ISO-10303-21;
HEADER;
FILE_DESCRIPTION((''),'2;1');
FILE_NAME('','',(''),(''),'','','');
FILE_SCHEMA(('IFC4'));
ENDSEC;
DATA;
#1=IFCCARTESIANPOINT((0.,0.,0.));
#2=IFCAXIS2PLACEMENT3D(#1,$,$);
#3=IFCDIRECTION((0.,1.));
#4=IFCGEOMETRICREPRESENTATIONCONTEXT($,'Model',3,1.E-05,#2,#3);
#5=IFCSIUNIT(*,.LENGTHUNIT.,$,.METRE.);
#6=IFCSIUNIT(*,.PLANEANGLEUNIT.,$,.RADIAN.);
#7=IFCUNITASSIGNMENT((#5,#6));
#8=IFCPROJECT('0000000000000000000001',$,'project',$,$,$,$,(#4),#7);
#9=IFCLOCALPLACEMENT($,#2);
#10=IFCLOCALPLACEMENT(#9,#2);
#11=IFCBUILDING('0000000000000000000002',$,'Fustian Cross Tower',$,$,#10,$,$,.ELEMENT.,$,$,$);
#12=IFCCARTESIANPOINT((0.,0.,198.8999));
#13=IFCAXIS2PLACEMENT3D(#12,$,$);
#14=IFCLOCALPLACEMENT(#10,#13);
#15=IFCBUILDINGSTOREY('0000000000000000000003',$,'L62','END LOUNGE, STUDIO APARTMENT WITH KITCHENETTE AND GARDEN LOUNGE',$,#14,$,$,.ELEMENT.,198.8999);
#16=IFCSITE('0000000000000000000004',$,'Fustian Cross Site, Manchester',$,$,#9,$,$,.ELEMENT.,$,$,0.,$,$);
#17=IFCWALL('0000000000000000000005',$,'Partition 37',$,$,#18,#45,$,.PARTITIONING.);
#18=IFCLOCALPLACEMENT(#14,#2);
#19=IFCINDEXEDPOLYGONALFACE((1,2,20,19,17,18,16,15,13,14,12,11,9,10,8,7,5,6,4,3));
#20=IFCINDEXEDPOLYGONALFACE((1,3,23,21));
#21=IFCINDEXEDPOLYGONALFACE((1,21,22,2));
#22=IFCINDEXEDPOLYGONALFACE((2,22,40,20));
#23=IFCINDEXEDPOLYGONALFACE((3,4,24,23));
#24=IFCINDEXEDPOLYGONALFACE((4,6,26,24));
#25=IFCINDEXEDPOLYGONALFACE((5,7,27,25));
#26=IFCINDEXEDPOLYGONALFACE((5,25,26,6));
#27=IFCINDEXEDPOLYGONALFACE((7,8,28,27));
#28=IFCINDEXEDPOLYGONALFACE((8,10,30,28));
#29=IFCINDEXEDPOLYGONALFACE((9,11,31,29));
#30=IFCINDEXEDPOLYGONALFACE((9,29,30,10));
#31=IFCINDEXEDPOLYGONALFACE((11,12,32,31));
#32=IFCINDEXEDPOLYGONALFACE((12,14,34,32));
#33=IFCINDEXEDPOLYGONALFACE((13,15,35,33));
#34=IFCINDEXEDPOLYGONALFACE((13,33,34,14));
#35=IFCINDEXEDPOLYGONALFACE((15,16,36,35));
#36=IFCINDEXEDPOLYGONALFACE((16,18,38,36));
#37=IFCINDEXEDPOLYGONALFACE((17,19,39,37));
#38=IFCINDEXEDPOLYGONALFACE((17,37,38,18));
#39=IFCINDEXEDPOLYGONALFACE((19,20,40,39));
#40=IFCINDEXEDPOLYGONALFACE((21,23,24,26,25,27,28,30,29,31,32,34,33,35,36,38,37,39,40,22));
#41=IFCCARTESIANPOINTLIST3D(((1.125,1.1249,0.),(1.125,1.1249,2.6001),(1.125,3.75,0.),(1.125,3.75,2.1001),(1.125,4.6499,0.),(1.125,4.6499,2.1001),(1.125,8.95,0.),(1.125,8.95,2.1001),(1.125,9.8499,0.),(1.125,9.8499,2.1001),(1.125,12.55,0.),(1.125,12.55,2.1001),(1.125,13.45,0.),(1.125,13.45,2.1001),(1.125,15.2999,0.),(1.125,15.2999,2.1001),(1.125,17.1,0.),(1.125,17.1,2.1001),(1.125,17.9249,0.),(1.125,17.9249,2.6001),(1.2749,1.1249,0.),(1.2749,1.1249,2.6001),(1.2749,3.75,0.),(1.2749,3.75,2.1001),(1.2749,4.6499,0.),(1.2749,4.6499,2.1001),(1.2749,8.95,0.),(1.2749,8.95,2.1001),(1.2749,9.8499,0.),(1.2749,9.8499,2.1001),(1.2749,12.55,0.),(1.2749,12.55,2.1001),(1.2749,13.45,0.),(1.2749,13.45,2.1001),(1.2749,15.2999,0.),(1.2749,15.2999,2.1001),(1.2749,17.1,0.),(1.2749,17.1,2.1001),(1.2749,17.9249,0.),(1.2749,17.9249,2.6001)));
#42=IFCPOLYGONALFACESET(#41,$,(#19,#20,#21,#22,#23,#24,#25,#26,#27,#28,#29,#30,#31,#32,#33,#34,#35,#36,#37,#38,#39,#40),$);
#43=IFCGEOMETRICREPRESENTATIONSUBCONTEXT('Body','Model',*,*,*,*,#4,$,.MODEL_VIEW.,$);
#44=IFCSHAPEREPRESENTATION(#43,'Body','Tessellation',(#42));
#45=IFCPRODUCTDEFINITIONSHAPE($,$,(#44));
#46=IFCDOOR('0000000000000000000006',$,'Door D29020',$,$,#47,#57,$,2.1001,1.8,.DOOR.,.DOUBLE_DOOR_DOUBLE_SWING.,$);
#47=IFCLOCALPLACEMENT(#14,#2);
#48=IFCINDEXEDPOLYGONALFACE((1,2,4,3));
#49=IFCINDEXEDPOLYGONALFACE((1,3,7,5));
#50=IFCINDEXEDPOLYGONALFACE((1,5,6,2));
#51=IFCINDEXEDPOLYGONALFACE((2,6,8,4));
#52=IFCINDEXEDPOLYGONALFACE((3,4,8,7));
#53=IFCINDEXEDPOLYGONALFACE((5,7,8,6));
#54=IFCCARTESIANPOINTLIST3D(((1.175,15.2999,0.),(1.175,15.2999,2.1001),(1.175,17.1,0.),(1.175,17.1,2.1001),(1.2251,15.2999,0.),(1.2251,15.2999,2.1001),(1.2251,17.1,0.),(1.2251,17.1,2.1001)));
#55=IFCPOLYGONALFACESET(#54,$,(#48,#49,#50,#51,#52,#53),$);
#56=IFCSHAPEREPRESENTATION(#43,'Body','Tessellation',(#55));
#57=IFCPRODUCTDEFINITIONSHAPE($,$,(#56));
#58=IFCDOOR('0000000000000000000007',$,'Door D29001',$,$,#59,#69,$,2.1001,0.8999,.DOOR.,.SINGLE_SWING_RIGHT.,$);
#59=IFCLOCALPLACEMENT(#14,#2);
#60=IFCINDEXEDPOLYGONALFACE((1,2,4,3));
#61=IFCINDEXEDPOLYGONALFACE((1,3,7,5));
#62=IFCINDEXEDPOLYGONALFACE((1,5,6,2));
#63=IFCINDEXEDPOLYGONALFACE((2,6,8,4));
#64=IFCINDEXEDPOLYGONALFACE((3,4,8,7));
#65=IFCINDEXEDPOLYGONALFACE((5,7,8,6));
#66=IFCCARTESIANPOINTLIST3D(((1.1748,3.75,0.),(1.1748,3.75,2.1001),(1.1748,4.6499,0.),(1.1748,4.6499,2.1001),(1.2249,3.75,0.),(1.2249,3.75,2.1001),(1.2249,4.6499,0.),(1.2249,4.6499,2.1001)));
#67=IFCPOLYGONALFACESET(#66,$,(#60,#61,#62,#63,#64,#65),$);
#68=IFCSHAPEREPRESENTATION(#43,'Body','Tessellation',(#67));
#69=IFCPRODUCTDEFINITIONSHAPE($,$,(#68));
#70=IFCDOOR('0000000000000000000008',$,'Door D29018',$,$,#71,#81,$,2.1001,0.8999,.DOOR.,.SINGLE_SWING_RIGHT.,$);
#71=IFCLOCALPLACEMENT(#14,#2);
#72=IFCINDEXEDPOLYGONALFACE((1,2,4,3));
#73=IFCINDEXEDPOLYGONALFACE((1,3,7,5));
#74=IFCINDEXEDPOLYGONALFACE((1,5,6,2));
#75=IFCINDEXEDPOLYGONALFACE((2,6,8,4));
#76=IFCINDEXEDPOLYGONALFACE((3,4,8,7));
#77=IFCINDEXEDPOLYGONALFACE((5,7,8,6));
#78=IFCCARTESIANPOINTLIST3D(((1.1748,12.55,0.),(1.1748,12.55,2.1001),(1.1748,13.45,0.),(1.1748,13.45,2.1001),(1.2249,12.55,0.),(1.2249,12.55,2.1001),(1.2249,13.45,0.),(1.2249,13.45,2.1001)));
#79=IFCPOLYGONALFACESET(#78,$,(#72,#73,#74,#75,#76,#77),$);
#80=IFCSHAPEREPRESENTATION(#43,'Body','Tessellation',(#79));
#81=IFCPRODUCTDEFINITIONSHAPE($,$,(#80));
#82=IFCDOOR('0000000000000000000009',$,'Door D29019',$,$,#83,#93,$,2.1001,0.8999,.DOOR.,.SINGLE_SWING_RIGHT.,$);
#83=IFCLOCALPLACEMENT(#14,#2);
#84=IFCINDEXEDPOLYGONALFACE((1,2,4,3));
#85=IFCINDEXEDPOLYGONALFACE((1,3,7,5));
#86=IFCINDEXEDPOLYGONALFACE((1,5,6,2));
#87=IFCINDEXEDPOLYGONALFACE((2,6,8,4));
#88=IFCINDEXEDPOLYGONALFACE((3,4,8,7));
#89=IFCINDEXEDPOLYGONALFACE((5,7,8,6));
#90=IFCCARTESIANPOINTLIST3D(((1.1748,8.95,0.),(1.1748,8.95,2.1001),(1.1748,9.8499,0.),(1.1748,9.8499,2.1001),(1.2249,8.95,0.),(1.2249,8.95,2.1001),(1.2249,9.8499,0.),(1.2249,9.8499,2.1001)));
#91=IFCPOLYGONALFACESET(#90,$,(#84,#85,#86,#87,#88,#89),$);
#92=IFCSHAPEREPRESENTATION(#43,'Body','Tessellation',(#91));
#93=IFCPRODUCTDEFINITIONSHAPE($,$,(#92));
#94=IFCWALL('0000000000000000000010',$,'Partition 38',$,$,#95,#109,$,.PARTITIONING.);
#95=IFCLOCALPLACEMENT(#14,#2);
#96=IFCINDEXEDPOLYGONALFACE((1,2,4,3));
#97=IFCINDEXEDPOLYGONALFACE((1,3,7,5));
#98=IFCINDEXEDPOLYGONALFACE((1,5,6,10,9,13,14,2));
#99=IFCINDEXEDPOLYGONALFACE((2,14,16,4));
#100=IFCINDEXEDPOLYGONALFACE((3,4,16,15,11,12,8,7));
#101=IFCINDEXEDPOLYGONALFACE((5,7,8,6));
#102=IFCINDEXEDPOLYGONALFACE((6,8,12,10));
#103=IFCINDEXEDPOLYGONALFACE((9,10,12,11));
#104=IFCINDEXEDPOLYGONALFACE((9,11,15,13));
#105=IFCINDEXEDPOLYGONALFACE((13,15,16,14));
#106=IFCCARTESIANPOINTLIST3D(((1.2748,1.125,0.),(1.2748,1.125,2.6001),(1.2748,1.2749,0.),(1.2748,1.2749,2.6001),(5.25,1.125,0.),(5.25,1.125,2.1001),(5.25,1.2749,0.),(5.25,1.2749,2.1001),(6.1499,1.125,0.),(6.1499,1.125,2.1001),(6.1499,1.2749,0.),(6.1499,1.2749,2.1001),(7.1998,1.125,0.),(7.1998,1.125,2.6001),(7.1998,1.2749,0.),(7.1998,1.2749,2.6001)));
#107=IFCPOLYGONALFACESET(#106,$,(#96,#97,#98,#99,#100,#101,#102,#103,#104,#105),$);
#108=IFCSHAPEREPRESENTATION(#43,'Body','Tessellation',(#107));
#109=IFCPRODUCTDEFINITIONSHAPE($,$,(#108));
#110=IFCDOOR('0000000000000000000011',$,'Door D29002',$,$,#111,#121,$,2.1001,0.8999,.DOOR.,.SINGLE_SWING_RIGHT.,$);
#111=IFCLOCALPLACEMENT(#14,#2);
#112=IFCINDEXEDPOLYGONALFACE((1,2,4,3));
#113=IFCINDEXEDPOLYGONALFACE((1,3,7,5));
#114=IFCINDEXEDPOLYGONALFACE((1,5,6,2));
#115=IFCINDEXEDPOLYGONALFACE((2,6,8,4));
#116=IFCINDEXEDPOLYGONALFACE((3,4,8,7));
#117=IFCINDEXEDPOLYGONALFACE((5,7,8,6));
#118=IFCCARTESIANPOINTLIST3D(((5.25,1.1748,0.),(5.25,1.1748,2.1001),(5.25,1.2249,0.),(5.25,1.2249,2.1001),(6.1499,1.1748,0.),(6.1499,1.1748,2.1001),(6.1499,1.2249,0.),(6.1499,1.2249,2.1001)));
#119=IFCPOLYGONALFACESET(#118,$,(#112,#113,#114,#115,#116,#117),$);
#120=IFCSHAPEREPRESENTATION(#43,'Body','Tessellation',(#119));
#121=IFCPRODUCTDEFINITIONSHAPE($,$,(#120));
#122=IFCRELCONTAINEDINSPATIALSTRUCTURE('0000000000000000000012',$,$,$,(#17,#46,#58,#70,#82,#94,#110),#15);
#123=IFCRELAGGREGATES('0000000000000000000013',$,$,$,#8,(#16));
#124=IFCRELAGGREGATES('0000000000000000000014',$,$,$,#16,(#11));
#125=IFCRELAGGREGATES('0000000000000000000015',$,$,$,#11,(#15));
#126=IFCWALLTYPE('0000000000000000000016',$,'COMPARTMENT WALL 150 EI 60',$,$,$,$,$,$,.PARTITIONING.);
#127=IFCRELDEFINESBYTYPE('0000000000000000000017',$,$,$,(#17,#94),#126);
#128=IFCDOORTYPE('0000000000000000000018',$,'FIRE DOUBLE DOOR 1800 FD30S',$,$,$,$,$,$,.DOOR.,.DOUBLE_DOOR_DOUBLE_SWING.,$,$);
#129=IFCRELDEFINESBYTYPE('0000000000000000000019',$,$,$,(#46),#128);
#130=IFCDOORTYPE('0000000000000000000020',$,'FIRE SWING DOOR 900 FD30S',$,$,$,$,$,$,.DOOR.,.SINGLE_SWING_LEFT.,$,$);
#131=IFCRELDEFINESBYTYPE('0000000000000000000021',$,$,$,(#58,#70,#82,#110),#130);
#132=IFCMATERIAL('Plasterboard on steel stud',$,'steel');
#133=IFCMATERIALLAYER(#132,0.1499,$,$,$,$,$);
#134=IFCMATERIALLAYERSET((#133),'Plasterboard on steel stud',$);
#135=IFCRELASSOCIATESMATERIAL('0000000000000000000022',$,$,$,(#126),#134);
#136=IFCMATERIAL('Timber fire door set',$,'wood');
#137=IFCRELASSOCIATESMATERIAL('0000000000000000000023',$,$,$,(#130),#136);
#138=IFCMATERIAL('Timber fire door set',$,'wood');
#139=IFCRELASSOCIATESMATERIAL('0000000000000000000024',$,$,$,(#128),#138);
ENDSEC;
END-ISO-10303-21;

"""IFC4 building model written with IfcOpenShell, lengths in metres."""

from ifc_helpers import new_model, si_unit, direction, frame, frame_2d, origin, place, context, subcontext, project, spatial, rectangle, extrude, material, layer, layer_set, type_object, element, fill, save


model = new_model("IFC4")

# Units and contexts
model_context = context("Model", 3, precision=1e-05, world=origin(), true_north=direction((0.0, 1.0)))
body_context = subcontext(model_context, "Body", "Model", "MODEL_VIEW")
ifc_project = project(units=[si_unit("LENGTHUNIT", "METRE"), si_unit("PLANEANGLEUNIT", "RADIAN")], contexts=[model_context])

# Site, building, storey
site_placement = place(None, origin())
site = spatial("IfcSite", under=ifc_project, at=site_placement, Name="Fustian Cross Site, Manchester", CompositionType="ELEMENT", RefElevation=0.0)
building_placement = place(site_placement, origin())
building = spatial("IfcBuilding", under=site, at=building_placement, Name="Fustian Cross Tower", CompositionType="ELEMENT")
storey_placement = place(building_placement, frame((0.0, 0.0, 198.8999)))
storey = spatial("IfcBuildingStorey", under=building, at=storey_placement, Name="L62", Description="END LOUNGE, STUDIO APARTMENT WITH KITCHENETTE AND GARDEN LOUNGE", CompositionType="ELEMENT", Elevation=198.8999)

# Wall, openings, doors
ifc_material_1 = material(Name="Plasterboard on steel stud", Category="steel")
ifc_layer_1 = layer(ifc_material_1, 0.1499)
ifc_layer_set_1 = layer_set([ifc_layer_1], Name="Plasterboard on steel stud")
wall_type = type_object("IfcWallType", Name="COMPARTMENT WALL 150 EI 60", PredefinedType="PARTITIONING", material=ifc_layer_set_1)
ifc_material_2 = material(Name="Timber fire door set", Category="wood")
door_type_1 = type_object("IfcDoorType", Name="FIRE SWING DOOR 900 FD30S", OperationType="SINGLE_SWING_LEFT", PredefinedType="DOOR", material=ifc_material_2)
wall_1_placement = place(storey_placement, frame((1.2, 1.125, 0.0), z_axis=(0.0, 0.0, 1.0), x_axis=(0.0, 1.0, 0.0)))
wall_1 = element("IfcWall", 1, at=wall_1_placement, inside=storey, type_object=wall_type, Name="Partition 37", PredefinedType="PARTITIONING", context=body_context, shape_type="SweptSolid", body=[
    extrude(rectangle(XDim=16.8, YDim=0.1499, at=frame_2d((8.3999, 0.0))), origin(), (0.0, 0.0, 1.0), 2.6001),
])
opening_1_placement = place(wall_1_placement, frame((2.625, 0.0, 0.0)))
opening_1 = element("IfcOpeningElement", 2, at=opening_1_placement, cuts=wall_1, PredefinedType="OPENING", context=body_context, shape_type="SweptSolid", body=[
    extrude(rectangle(XDim=0.8999, YDim=2.1001, at=frame_2d((0.45, 1.05))), frame((0.0, 0.085, 0.0), z_axis=(0.0, -1.0, 0.0), x_axis=(1.0, 0.0, 0.0)), (0.0, 0.0, 1.0), 0.1699),
])
opening_2_placement = place(wall_1_placement, frame((11.425, 0.0, 0.0)))
opening_2 = element("IfcOpeningElement", 3, at=opening_2_placement, cuts=wall_1, PredefinedType="OPENING", context=body_context, shape_type="SweptSolid", body=[
    extrude(rectangle(XDim=0.8999, YDim=2.1001, at=frame_2d((0.45, 1.05))), frame((0.0, 0.085, 0.0), z_axis=(0.0, -1.0, 0.0), x_axis=(1.0, 0.0, 0.0)), (0.0, 0.0, 1.0), 0.1699),
])
opening_3_placement = place(wall_1_placement, frame((7.825, 0.0, 0.0)))
opening_3 = element("IfcOpeningElement", 4, at=opening_3_placement, cuts=wall_1, PredefinedType="OPENING", context=body_context, shape_type="SweptSolid", body=[
    extrude(rectangle(XDim=0.8999, YDim=2.1001, at=frame_2d((0.45, 1.05))), frame((0.0, 0.085, 0.0), z_axis=(0.0, -1.0, 0.0), x_axis=(1.0, 0.0, 0.0)), (0.0, 0.0, 1.0), 0.1699),
])
opening_4_placement = place(wall_1_placement, frame((14.175, 0.0, 0.0)))
opening_4 = element("IfcOpeningElement", 5, at=opening_4_placement, cuts=wall_1, PredefinedType="OPENING", context=body_context, shape_type="SweptSolid", body=[
    extrude(rectangle(XDim=1.8, YDim=2.1001, at=frame_2d((0.8999, 1.05))), frame((0.0, 0.085, 0.0), z_axis=(0.0, -1.0, 0.0), x_axis=(1.0, 0.0, 0.0)), (0.0, 0.0, 1.0), 0.1699),
])
ifc_material_3 = material(Name="Timber fire door set", Category="wood")
door_type_2 = type_object("IfcDoorType", Name="FIRE DOUBLE DOOR 1800 FD30S", OperationType="DOUBLE_DOOR_DOUBLE_SWING", PredefinedType="DOOR", material=ifc_material_3)
door_1_placement = place(opening_4_placement, origin())
door_1 = element("IfcDoor", 6, at=door_1_placement, inside=storey, type_object=door_type_2, Name="Door D29020", OperationType="DOUBLE_DOOR_DOUBLE_SWING", OverallHeight=2.1001, OverallWidth=1.8, PredefinedType="DOOR", context=body_context, shape_type="SweptSolid", body=[
    extrude(rectangle(XDim=1.8, YDim=2.1001, at=frame_2d((0.8999, 1.05))), frame((0.0, 0.0249, 0.0), z_axis=(0.0, -1.0, 0.0), x_axis=(1.0, 0.0, 0.0)), (0.0, 0.0, 1.0), 0.05),
])
fill(opening_4, door_1)
door_2_placement = place(opening_1_placement, frame((0.8999, 0.0, 0.0), z_axis=(0.0, 0.0, 1.0), x_axis=(-1.0, 0.0, 0.0)))
door_2 = element("IfcDoor", 7, at=door_2_placement, inside=storey, type_object=door_type_1, Name="Door D29001", OperationType="SINGLE_SWING_RIGHT", OverallHeight=2.1001, OverallWidth=0.8999, PredefinedType="DOOR", context=body_context, shape_type="SweptSolid", body=[
    extrude(rectangle(XDim=0.8999, YDim=2.1001, at=frame_2d((0.45, 1.05))), frame((0.0, 0.0249, 0.0), z_axis=(0.0, -1.0, 0.0), x_axis=(1.0, 0.0, 0.0)), (0.0, 0.0, 1.0), 0.05),
])
fill(opening_1, door_2)
door_3_placement = place(opening_2_placement, frame((0.8999, 0.0, 0.0), z_axis=(0.0, 0.0, 1.0), x_axis=(-1.0, 0.0, 0.0)))
door_3 = element("IfcDoor", 8, at=door_3_placement, inside=storey, type_object=door_type_1, Name="Door D29018", OperationType="SINGLE_SWING_RIGHT", OverallHeight=2.1001, OverallWidth=0.8999, PredefinedType="DOOR", context=body_context, shape_type="SweptSolid", body=[
    extrude(rectangle(XDim=0.8999, YDim=2.1001, at=frame_2d((0.45, 1.05))), frame((0.0, 0.0249, 0.0), z_axis=(0.0, -1.0, 0.0), x_axis=(1.0, 0.0, 0.0)), (0.0, 0.0, 1.0), 0.05),
])
fill(opening_2, door_3)
door_4_placement = place(opening_3_placement, frame((0.8999, 0.0, 0.0), z_axis=(0.0, 0.0, 1.0), x_axis=(-1.0, 0.0, 0.0)))
door_4 = element("IfcDoor", 9, at=door_4_placement, inside=storey, type_object=door_type_1, Name="Door D29019", OperationType="SINGLE_SWING_RIGHT", OverallHeight=2.1001, OverallWidth=0.8999, PredefinedType="DOOR", context=body_context, shape_type="SweptSolid", body=[
    extrude(rectangle(XDim=0.8999, YDim=2.1001, at=frame_2d((0.45, 1.05))), frame((0.0, 0.0249, 0.0), z_axis=(0.0, -1.0, 0.0), x_axis=(1.0, 0.0, 0.0)), (0.0, 0.0, 1.0), 0.05),
])
fill(opening_3, door_4)

# Wall, opening, door
wall_2_placement = place(storey_placement, frame((1.2749, 1.2, 0.0), z_axis=(0.0, 0.0, 1.0), x_axis=(1.0, 0.0, 0.0)))
wall_2 = element("IfcWall", 10, at=wall_2_placement, inside=storey, type_object=wall_type, Name="Partition 38", PredefinedType="PARTITIONING", context=body_context, shape_type="SweptSolid", body=[
    extrude(rectangle(XDim=5.925, YDim=0.1499, at=frame_2d((2.9624, 0.0))), origin(), (0.0, 0.0, 1.0), 2.6001),
])
opening_5_placement = place(wall_2_placement, frame((3.9751, 0.0, 0.0)))
opening_5 = element("IfcOpeningElement", 11, at=opening_5_placement, cuts=wall_2, PredefinedType="OPENING", context=body_context, shape_type="SweptSolid", body=[
    extrude(rectangle(XDim=0.8999, YDim=2.1001, at=frame_2d((0.45, 1.05))), frame((0.0, 0.085, 0.0), z_axis=(0.0, -1.0, 0.0), x_axis=(1.0, 0.0, 0.0)), (0.0, 0.0, 1.0), 0.1699),
])
door_5_placement = place(opening_5_placement, origin())
door_5 = element("IfcDoor", 12, at=door_5_placement, inside=storey, type_object=door_type_1, Name="Door D29002", OperationType="SINGLE_SWING_RIGHT", OverallHeight=2.1001, OverallWidth=0.8999, PredefinedType="DOOR", context=body_context, shape_type="SweptSolid", body=[
    extrude(rectangle(XDim=0.8999, YDim=2.1001, at=frame_2d((0.45, 1.05))), frame((0.0, 0.0249, 0.0), z_axis=(0.0, -1.0, 0.0), x_axis=(1.0, 0.0, 0.0)), (0.0, 0.0, 1.0), 0.05),
])
fill(opening_5, door_5)

save(model, "model.ifc")
